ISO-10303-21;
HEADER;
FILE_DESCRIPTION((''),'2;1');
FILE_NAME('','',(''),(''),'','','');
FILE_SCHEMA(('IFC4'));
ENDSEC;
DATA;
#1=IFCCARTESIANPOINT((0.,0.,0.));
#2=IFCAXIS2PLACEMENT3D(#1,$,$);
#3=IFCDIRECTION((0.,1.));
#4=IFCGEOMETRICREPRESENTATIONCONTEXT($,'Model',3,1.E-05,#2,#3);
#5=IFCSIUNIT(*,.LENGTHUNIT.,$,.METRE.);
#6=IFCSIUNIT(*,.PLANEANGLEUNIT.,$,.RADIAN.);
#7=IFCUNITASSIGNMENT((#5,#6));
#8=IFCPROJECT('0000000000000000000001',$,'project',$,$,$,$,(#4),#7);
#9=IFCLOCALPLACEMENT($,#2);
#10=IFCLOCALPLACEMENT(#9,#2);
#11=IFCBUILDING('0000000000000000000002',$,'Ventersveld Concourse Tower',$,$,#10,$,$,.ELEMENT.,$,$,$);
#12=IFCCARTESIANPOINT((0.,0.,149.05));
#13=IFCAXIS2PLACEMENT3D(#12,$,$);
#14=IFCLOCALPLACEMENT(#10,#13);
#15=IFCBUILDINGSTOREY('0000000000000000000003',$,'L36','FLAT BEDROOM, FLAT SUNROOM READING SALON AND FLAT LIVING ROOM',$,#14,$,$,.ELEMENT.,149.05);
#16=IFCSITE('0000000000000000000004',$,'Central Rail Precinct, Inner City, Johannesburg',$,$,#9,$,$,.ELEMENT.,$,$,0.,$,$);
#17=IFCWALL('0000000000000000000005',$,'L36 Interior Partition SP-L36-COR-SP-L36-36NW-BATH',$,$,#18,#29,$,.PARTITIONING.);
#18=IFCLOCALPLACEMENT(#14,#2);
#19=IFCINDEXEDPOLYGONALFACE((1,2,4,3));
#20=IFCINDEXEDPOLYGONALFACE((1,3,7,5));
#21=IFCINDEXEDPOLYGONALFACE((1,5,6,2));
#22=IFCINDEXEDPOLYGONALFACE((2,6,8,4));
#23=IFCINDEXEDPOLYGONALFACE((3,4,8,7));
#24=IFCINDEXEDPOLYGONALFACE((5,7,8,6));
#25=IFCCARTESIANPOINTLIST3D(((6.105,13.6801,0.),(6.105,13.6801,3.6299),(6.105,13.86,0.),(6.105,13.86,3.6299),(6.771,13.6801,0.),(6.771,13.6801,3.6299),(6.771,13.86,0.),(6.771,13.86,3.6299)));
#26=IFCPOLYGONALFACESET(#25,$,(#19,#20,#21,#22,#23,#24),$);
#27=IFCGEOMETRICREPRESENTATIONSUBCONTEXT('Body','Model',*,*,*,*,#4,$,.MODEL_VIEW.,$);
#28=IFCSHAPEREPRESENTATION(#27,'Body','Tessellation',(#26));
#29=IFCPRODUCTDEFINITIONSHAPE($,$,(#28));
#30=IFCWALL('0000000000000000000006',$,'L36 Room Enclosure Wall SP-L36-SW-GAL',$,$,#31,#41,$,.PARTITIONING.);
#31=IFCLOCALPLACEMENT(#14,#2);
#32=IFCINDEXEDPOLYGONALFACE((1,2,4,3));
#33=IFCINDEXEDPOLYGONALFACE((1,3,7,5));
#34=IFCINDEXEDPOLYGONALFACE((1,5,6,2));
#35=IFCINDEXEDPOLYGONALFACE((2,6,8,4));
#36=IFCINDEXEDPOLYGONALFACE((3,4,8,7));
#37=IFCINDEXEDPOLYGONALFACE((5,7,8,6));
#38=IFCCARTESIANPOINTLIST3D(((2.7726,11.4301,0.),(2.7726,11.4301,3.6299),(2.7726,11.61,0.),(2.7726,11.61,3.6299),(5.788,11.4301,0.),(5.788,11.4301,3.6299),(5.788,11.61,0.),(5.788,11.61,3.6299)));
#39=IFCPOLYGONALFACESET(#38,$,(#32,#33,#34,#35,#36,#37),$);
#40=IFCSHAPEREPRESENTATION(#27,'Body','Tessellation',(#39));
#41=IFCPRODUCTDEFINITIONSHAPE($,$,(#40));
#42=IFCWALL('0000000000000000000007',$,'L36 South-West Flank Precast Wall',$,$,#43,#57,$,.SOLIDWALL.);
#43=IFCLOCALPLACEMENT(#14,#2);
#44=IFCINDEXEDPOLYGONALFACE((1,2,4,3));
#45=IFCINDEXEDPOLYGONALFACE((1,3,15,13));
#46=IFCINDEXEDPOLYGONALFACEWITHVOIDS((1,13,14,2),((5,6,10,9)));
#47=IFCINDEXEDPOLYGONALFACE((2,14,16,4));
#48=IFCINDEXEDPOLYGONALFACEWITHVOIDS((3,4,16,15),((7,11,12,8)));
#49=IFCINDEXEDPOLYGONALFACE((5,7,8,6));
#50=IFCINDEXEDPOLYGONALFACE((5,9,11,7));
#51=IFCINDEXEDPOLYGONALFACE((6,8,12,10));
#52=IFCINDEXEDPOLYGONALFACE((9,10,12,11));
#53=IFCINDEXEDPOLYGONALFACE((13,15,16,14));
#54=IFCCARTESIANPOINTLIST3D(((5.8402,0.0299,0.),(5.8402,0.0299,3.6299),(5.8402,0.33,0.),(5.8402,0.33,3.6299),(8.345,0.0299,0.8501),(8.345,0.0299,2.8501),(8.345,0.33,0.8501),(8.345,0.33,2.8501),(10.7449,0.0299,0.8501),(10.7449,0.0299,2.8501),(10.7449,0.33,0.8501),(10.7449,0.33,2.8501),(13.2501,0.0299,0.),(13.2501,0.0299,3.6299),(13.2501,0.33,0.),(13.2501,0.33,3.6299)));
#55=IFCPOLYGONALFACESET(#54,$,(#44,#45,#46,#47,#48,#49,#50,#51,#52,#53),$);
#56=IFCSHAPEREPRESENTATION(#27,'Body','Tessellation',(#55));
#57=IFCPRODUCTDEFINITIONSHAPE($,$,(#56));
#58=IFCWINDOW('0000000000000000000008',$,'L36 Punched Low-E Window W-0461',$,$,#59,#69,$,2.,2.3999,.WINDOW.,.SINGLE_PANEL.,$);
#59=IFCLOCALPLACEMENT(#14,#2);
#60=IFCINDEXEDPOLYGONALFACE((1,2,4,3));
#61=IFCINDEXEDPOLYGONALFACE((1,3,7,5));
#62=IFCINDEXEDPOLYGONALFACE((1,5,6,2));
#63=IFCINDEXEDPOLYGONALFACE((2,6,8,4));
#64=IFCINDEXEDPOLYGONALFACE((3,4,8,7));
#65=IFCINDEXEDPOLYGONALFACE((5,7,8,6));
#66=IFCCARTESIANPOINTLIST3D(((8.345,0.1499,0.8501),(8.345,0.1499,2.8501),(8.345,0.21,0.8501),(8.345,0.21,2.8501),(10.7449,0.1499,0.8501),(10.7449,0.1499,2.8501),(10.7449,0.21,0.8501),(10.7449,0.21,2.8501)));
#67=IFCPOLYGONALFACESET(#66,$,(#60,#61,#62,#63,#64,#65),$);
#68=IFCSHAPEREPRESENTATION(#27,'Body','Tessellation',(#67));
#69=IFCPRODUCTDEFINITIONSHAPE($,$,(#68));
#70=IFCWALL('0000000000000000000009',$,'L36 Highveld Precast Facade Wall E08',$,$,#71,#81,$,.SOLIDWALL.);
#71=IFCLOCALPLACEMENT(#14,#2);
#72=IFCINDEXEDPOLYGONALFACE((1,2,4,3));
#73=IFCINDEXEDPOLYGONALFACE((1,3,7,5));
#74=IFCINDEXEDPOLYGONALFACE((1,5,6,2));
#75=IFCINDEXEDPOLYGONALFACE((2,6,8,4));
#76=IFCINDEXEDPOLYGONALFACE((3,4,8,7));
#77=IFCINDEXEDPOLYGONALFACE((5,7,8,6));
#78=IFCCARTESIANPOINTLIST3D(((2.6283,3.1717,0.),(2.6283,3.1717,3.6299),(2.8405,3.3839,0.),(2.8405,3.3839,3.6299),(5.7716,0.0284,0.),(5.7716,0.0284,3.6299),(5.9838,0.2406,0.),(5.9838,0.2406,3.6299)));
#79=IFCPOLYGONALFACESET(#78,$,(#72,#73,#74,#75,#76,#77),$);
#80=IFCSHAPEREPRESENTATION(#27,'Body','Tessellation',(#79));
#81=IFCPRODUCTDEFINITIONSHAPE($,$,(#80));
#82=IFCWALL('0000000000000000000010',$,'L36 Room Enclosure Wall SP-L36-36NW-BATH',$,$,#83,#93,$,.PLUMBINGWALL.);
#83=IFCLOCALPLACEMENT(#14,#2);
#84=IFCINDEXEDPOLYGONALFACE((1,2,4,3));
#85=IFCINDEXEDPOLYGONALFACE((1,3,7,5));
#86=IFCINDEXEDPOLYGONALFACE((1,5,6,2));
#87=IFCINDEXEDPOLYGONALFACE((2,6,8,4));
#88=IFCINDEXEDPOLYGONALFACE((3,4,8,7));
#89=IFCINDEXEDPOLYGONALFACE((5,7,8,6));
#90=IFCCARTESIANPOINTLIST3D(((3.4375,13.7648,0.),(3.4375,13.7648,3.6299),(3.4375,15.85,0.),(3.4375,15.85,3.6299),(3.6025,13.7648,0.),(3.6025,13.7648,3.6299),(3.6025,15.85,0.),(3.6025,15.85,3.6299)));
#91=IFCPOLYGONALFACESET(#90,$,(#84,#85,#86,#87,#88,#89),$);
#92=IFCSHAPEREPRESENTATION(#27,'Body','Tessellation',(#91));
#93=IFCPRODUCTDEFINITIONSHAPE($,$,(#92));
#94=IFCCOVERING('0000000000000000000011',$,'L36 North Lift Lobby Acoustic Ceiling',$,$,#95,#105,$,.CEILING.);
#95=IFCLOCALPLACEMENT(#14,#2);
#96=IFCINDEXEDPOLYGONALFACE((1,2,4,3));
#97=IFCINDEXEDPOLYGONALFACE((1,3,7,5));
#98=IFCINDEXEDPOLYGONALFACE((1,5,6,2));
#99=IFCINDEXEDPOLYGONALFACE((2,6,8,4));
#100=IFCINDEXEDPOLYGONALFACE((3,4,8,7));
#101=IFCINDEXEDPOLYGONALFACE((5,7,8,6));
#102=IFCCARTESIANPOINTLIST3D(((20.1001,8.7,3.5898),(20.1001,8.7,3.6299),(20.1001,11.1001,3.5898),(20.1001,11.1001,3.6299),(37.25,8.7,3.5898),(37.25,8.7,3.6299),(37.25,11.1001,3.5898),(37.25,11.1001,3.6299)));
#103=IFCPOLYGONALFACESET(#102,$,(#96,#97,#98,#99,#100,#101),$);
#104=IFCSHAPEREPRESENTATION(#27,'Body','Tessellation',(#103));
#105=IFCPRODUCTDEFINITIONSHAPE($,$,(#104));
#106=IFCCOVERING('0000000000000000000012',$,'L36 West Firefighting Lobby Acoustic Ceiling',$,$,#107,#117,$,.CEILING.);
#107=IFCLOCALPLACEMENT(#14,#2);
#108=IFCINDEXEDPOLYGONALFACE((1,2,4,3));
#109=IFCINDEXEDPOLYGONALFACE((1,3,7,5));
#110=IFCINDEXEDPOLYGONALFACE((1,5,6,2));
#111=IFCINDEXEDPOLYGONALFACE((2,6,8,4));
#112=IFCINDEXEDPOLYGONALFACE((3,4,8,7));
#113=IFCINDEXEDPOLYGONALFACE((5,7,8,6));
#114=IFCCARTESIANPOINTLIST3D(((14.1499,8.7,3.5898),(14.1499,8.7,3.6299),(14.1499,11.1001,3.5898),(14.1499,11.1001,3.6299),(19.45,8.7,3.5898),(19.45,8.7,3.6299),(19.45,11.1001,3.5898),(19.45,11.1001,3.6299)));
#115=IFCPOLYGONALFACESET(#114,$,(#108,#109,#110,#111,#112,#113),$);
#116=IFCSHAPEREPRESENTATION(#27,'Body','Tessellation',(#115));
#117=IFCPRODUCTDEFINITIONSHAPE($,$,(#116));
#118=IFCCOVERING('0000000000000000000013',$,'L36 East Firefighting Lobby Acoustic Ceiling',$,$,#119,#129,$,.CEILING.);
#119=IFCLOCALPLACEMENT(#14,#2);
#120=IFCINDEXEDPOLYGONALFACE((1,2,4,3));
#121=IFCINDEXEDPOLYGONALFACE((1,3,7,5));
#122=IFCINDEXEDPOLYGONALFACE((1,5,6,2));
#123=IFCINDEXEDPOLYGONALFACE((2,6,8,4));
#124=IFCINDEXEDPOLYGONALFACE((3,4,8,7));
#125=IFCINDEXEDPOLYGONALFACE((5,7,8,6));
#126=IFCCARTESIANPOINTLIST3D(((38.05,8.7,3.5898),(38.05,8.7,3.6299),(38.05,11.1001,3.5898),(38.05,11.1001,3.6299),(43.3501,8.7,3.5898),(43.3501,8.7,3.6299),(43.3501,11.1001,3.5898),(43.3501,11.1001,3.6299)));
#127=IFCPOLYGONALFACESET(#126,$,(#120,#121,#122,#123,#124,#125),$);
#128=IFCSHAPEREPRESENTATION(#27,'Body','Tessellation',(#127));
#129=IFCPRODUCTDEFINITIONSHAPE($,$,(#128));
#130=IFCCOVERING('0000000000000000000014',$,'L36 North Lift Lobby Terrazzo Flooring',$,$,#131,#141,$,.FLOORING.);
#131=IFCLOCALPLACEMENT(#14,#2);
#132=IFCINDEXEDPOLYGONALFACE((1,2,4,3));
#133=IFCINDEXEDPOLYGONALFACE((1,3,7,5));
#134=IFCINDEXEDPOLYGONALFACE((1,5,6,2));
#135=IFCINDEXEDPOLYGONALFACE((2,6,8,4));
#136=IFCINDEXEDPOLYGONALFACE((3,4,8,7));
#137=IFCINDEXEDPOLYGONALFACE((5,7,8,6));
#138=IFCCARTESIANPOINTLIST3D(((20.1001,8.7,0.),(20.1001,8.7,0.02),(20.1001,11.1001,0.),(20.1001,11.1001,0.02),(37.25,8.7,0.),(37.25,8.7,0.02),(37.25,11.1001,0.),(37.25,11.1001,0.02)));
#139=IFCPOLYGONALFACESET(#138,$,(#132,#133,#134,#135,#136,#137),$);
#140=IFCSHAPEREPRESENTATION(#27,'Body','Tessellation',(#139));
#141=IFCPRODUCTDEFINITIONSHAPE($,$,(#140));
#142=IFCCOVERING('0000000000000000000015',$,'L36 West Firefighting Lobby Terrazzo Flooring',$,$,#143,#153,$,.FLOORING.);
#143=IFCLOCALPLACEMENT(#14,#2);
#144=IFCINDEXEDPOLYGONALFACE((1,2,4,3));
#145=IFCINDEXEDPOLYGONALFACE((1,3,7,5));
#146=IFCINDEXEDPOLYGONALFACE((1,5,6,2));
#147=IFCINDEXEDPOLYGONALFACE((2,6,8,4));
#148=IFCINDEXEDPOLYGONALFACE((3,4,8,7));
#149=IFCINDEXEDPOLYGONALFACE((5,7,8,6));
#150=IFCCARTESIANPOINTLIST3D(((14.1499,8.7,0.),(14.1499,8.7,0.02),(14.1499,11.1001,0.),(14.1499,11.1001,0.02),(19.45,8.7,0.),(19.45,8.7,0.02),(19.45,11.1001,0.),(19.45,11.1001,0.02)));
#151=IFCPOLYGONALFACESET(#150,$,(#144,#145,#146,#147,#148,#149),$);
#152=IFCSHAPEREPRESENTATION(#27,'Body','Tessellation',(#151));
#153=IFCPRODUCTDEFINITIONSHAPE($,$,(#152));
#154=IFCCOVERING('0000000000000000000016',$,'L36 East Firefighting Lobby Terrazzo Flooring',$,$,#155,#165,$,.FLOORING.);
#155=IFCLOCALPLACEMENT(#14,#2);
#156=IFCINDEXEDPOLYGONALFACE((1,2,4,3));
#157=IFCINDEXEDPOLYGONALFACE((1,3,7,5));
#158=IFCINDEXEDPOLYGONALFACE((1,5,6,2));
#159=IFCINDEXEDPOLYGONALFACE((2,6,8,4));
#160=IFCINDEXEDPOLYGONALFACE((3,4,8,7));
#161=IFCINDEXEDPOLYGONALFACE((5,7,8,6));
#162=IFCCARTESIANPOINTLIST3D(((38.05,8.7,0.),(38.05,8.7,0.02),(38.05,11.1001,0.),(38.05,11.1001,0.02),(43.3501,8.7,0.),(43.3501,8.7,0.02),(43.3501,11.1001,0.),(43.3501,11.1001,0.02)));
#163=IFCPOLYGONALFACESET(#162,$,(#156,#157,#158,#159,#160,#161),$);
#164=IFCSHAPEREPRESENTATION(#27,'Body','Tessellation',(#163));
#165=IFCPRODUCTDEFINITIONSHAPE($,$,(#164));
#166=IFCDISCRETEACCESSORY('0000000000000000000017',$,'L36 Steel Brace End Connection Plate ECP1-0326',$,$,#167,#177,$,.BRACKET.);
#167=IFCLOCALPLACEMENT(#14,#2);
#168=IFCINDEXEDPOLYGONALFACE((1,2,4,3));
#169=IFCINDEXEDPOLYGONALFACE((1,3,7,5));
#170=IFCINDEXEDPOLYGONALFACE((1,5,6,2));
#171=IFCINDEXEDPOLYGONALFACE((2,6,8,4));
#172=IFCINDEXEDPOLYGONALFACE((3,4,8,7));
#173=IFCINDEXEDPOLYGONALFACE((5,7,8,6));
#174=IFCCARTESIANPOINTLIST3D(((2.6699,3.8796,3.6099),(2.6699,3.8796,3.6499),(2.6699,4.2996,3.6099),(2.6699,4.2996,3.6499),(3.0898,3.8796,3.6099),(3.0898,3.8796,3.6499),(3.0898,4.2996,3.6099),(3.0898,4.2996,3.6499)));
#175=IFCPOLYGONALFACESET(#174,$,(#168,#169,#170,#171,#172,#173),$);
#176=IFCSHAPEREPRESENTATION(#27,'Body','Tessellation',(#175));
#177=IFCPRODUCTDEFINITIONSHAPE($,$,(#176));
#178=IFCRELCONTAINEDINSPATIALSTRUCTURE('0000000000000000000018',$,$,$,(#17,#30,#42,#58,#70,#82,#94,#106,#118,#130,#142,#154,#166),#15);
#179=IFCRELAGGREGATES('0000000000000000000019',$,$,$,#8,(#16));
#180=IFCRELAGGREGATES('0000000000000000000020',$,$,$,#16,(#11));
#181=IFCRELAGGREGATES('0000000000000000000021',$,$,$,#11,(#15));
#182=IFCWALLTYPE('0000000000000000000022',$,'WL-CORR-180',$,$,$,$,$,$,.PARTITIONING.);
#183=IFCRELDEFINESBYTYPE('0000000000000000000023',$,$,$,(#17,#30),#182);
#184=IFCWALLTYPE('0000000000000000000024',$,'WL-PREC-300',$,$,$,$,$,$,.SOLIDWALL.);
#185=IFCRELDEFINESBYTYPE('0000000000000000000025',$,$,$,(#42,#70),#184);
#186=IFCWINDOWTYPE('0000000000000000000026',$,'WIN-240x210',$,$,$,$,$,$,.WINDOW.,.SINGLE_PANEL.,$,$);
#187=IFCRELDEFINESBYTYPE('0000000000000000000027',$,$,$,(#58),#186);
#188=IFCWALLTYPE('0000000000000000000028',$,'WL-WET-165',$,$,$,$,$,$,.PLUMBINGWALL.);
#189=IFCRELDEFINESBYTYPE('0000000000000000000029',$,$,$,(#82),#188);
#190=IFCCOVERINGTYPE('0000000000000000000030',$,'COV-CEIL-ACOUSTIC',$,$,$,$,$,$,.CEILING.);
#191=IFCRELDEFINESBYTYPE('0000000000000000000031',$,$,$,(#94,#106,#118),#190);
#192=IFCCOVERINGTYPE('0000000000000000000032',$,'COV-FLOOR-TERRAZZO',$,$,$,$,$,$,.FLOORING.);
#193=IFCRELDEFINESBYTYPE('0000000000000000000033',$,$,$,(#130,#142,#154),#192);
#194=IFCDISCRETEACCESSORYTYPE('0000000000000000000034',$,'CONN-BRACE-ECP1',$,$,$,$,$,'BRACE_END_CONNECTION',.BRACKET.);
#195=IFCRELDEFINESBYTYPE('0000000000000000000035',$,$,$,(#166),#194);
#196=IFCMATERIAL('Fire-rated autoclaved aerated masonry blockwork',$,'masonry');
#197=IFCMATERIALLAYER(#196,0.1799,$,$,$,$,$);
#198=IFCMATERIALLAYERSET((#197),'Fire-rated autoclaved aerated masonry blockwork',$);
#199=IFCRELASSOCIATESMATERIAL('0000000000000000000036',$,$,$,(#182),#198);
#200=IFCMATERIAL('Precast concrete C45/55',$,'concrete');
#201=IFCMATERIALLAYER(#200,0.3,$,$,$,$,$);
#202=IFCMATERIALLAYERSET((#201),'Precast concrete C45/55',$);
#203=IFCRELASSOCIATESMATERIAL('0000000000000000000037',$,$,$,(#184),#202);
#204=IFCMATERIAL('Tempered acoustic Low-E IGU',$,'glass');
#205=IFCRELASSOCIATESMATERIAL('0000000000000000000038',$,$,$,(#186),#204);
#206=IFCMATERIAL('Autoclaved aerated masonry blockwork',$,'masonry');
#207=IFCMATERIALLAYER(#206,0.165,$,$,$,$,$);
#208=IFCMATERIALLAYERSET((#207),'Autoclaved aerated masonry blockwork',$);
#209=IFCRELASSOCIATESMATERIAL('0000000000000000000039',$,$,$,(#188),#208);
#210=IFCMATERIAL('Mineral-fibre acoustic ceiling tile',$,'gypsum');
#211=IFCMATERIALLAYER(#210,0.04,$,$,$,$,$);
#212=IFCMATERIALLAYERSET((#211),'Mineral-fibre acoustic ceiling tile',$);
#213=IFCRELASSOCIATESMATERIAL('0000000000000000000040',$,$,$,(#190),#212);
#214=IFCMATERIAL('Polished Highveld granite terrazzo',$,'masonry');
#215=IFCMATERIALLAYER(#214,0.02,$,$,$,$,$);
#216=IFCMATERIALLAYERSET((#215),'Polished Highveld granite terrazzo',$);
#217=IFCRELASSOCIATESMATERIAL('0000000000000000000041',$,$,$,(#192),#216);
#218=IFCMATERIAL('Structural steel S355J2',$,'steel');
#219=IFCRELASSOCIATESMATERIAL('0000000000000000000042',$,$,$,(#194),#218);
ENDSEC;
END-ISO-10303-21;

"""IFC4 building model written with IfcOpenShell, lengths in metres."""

from ifc_helpers import new_model, si_unit, direction, frame, frame_2d, origin, origin_2d, place, context, subcontext, project, spatial, polyline, rectangle, outline, extrude, material, layer, layer_set, type_object, element, fill, save


model = new_model("IFC4")

# Units and contexts
model_context = context("Model", 3, precision=1e-05, world=origin(), true_north=direction((0.0, 1.0)))
body_context = subcontext(model_context, "Body", "Model", "MODEL_VIEW")
ifc_project = project(units=[si_unit("LENGTHUNIT", "METRE"), si_unit("PLANEANGLEUNIT", "RADIAN")], contexts=[model_context])

# Site, building, storey
site_placement = place(None, origin())
site = spatial("IfcSite", under=ifc_project, at=site_placement, Name="Central Rail Precinct, Inner City, Johannesburg", CompositionType="ELEMENT", RefElevation=0.0)
building_placement = place(site_placement, origin())
building = spatial("IfcBuilding", under=site, at=building_placement, Name="Ventersveld Concourse Tower", CompositionType="ELEMENT")
storey_placement = place(building_placement, frame((0.0, 0.0, 149.05)))
storey = spatial("IfcBuildingStorey", under=building, at=storey_placement, Name="L36", Description="FLAT BEDROOM, FLAT SUNROOM READING SALON AND FLAT LIVING ROOM", CompositionType="ELEMENT", Elevation=149.05)

# Shared definitions
ifc_material_1 = material(Name="Fire-rated autoclaved aerated masonry blockwork", Category="masonry")
ifc_layer_1 = layer(ifc_material_1, 0.1799)
ifc_layer_set_1 = layer_set([ifc_layer_1], Name="Fire-rated autoclaved aerated masonry blockwork")
wall_type_1 = type_object("IfcWallType", Name="WL-CORR-180", PredefinedType="PARTITIONING", material=ifc_layer_set_1)

# Walls
wall_1_placement = place(storey_placement, frame((6.105, 13.77, 0.0), z_axis=(0.0, 0.0, 1.0), x_axis=(1.0, 0.0, 0.0)))
element("IfcWall", 1, at=wall_1_placement, inside=storey, type_object=wall_type_1, Name="L36 Interior Partition SP-L36-COR-SP-L36-36NW-BATH", PredefinedType="PARTITIONING", context=body_context, shape_type="SweptSolid", body=[
    extrude(rectangle(XDim=0.666, YDim=0.1799, at=frame_2d((0.333, 0.0))), origin(), (0.0, 0.0, 1.0), 3.6299),
])
wall_2_placement = place(storey_placement, frame((2.7725, 11.52, 0.0), z_axis=(0.0, 0.0, 1.0), x_axis=(1.0, 0.0, 0.0)))
element("IfcWall", 2, at=wall_2_placement, inside=storey, type_object=wall_type_1, Name="L36 Room Enclosure Wall SP-L36-SW-GAL", PredefinedType="PARTITIONING", context=body_context, shape_type="SweptSolid", body=[
    extrude(rectangle(XDim=3.0154, YDim=0.1799, at=frame_2d((1.5078, 0.0))), origin(), (0.0, 0.0, 1.0), 3.6299),
])

# Wall, opening, window
ifc_material_2 = material(Name="Precast concrete C45/55", Category="concrete")
ifc_layer_2 = layer(ifc_material_2, 0.3)
ifc_layer_set_2 = layer_set([ifc_layer_2], Name="Precast concrete C45/55")
wall_type_2 = type_object("IfcWallType", Name="WL-PREC-300", PredefinedType="SOLIDWALL", material=ifc_layer_set_2)
wall_3_placement = place(storey_placement, frame((5.8401, 0.1799, 0.0), z_axis=(0.0, 0.0, 1.0), x_axis=(1.0, 0.0, 0.0)))
wall_3 = element("IfcWall", 3, at=wall_3_placement, inside=storey, type_object=wall_type_2, Name="L36 South-West Flank Precast Wall", PredefinedType="SOLIDWALL", context=body_context, shape_type="SweptSolid", body=[
    extrude(rectangle(XDim=7.4099, YDim=0.3, at=frame_2d((3.7051, 0.0))), origin(), (0.0, 0.0, 1.0), 3.6299),
])
opening_1_placement = place(wall_3_placement, frame((2.5049, 0.0, 0.8501)))
opening_1 = element("IfcOpeningElement", 4, at=opening_1_placement, cuts=wall_3, PredefinedType="OPENING", context=body_context, shape_type="SweptSolid", body=[
    extrude(rectangle(XDim=2.3999, YDim=2.0, at=frame_2d((1.2, 1.0))), frame((0.0, 0.1602, 0.0), z_axis=(0.0, -1.0, 0.0), x_axis=(1.0, 0.0, 0.0)), (0.0, 0.0, 1.0), 0.3201),
])
ifc_material_3 = material(Name="Tempered acoustic Low-E IGU", Category="glass")
window_type = type_object("IfcWindowType", Name="WIN-240x210", PartitioningType="SINGLE_PANEL", PredefinedType="WINDOW", material=ifc_material_3)
window_placement = place(opening_1_placement, origin())
window = element("IfcWindow", 5, at=window_placement, inside=storey, type_object=window_type, Name="L36 Punched Low-E Window W-0461", OverallHeight=2.0, OverallWidth=2.3999, PartitioningType="SINGLE_PANEL", PredefinedType="WINDOW", context=body_context, shape_type="SweptSolid", body=[
    extrude(rectangle(XDim=2.3999, YDim=2.0, at=frame_2d((1.2, 1.0))), frame((0.0, 0.03, 0.0), z_axis=(0.0, -1.0, 0.0), x_axis=(1.0, 0.0, 0.0)), (0.0, 0.0, 1.0), 0.0601),
])
fill(opening_1, window)

# Walls
wall_4_placement = place(storey_placement, frame((2.7344, 3.2778, 0.0), z_axis=(0.0, 0.0, 1.0), x_axis=(0.707107, -0.707107, 0.0)))
element("IfcWall", 6, at=wall_4_placement, inside=storey, type_object=wall_type_2, Name="L36 Highveld Precast Facade Wall E08", PredefinedType="SOLIDWALL", context=body_context, shape_type="SweptSolid", body=[
    extrude(rectangle(XDim=4.4453, YDim=0.3, at=frame_2d((2.2227, 0.0))), origin(), (0.0, 0.0, 1.0), 3.6299),
])
ifc_material_4 = material(Name="Autoclaved aerated masonry blockwork", Category="masonry")
ifc_layer_3 = layer(ifc_material_4, 0.165)
ifc_layer_set_3 = layer_set([ifc_layer_3], Name="Autoclaved aerated masonry blockwork")
wall_type_3 = type_object("IfcWallType", Name="WL-WET-165", PredefinedType="PLUMBINGWALL", material=ifc_layer_set_3)
wall_5_placement = place(storey_placement, frame((3.52, 13.7649, 0.0), z_axis=(0.0, 0.0, 1.0), x_axis=(0.0, 1.0, 0.0)))
element("IfcWall", 7, at=wall_5_placement, inside=storey, type_object=wall_type_3, Name="L36 Room Enclosure Wall SP-L36-36NW-BATH", PredefinedType="PLUMBINGWALL", context=body_context, shape_type="SweptSolid", body=[
    extrude(rectangle(XDim=2.0852, YDim=0.165, at=frame_2d((1.0425, 0.0))), origin(), (0.0, 0.0, 1.0), 3.6299),
])

# Coverings
ifc_material_5 = material(Name="Mineral-fibre acoustic ceiling tile", Category="gypsum")
ifc_layer_4 = layer(ifc_material_5, 0.04)
ifc_layer_set_4 = layer_set([ifc_layer_4], Name="Mineral-fibre acoustic ceiling tile")
covering_type_1 = type_object("IfcCoveringType", Name="COV-CEIL-ACOUSTIC", PredefinedType="CEILING", material=ifc_layer_set_4)
covering_1_placement = place(storey_placement, frame((0.0, 0.0, 3.5898)))
element("IfcCovering", 8, at=covering_1_placement, inside=storey, type_object=covering_type_1, Name="L36 North Lift Lobby Acoustic Ceiling", PredefinedType="CEILING", context=body_context, shape_type="SweptSolid", body=[
    extrude(outline(polyline([(20.1001, 8.7), (37.25, 8.7), (37.25, 11.1001), (20.1001, 11.1001), (20.1001, 8.7)])), origin(), (0.0, 0.0, 1.0), 0.04),
])
covering_2_placement = place(storey_placement, frame((0.0, 0.0, 3.5898)))
element("IfcCovering", 9, at=covering_2_placement, inside=storey, type_object=covering_type_1, Name="L36 West Firefighting Lobby Acoustic Ceiling", PredefinedType="CEILING", context=body_context, shape_type="SweptSolid", body=[
    extrude(outline(polyline([(14.1499, 8.7), (19.45, 8.7), (19.45, 11.1001), (14.1499, 11.1001), (14.1499, 8.7)])), origin(), (0.0, 0.0, 1.0), 0.04),
])
covering_3_placement = place(storey_placement, frame((0.0, 0.0, 3.5898)))
element("IfcCovering", 10, at=covering_3_placement, inside=storey, type_object=covering_type_1, Name="L36 East Firefighting Lobby Acoustic Ceiling", PredefinedType="CEILING", context=body_context, shape_type="SweptSolid", body=[
    extrude(outline(polyline([(38.05, 8.7), (43.3501, 8.7), (43.3501, 11.1001), (38.05, 11.1001), (38.05, 8.7)])), origin(), (0.0, 0.0, 1.0), 0.04),
])
ifc_material_6 = material(Name="Polished Highveld granite terrazzo", Category="masonry")
ifc_layer_5 = layer(ifc_material_6, 0.02)
ifc_layer_set_5 = layer_set([ifc_layer_5], Name="Polished Highveld granite terrazzo")
covering_type_2 = type_object("IfcCoveringType", Name="COV-FLOOR-TERRAZZO", PredefinedType="FLOORING", material=ifc_layer_set_5)
covering_4_placement = place(storey_placement, origin())
element("IfcCovering", 11, at=covering_4_placement, inside=storey, type_object=covering_type_2, Name="L36 North Lift Lobby Terrazzo Flooring", PredefinedType="FLOORING", context=body_context, shape_type="SweptSolid", body=[
    extrude(outline(polyline([(20.1001, 8.7), (37.25, 8.7), (37.25, 11.1001), (20.1001, 11.1001), (20.1001, 8.7)])), origin(), (0.0, 0.0, 1.0), 0.02),
])
covering_5_placement = place(storey_placement, origin())
element("IfcCovering", 12, at=covering_5_placement, inside=storey, type_object=covering_type_2, Name="L36 West Firefighting Lobby Terrazzo Flooring", PredefinedType="FLOORING", context=body_context, shape_type="SweptSolid", body=[
    extrude(outline(polyline([(14.1499, 8.7), (19.45, 8.7), (19.45, 11.1001), (14.1499, 11.1001), (14.1499, 8.7)])), origin(), (0.0, 0.0, 1.0), 0.02),
])
covering_6_placement = place(storey_placement, origin())
element("IfcCovering", 13, at=covering_6_placement, inside=storey, type_object=covering_type_2, Name="L36 East Firefighting Lobby Terrazzo Flooring", PredefinedType="FLOORING", context=body_context, shape_type="SweptSolid", body=[
    extrude(outline(polyline([(38.05, 8.7), (43.3501, 8.7), (43.3501, 11.1001), (38.05, 11.1001), (38.05, 8.7)])), origin(), (0.0, 0.0, 1.0), 0.02),
])

# Discrete accessory
ifc_material_7 = material(Name="Structural steel S355J2", Category="steel")
discrete_accessory_type = type_object("IfcDiscreteAccessoryType", Name="CONN-BRACE-ECP1", ElementType="BRACE_END_CONNECTION", PredefinedType="BRACKET", material=ifc_material_7)
discrete_accessory_placement = place(storey_placement, frame((2.8799, 4.0896, 3.6099), z_axis=(0.0, 0.0, 1.0), x_axis=(1.0, 0.0, 0.0)))
element("IfcDiscreteAccessory", 14, at=discrete_accessory_placement, inside=storey, type_object=discrete_accessory_type, Name="L36 Steel Brace End Connection Plate ECP1-0326", PredefinedType="BRACKET", context=body_context, shape_type="SweptSolid", body=[
    extrude(rectangle(XDim=0.4199, YDim=0.4199, at=origin_2d()), origin(), (0.0, 0.0, 1.0), 0.04),
])

save(model, "model.ifc")
